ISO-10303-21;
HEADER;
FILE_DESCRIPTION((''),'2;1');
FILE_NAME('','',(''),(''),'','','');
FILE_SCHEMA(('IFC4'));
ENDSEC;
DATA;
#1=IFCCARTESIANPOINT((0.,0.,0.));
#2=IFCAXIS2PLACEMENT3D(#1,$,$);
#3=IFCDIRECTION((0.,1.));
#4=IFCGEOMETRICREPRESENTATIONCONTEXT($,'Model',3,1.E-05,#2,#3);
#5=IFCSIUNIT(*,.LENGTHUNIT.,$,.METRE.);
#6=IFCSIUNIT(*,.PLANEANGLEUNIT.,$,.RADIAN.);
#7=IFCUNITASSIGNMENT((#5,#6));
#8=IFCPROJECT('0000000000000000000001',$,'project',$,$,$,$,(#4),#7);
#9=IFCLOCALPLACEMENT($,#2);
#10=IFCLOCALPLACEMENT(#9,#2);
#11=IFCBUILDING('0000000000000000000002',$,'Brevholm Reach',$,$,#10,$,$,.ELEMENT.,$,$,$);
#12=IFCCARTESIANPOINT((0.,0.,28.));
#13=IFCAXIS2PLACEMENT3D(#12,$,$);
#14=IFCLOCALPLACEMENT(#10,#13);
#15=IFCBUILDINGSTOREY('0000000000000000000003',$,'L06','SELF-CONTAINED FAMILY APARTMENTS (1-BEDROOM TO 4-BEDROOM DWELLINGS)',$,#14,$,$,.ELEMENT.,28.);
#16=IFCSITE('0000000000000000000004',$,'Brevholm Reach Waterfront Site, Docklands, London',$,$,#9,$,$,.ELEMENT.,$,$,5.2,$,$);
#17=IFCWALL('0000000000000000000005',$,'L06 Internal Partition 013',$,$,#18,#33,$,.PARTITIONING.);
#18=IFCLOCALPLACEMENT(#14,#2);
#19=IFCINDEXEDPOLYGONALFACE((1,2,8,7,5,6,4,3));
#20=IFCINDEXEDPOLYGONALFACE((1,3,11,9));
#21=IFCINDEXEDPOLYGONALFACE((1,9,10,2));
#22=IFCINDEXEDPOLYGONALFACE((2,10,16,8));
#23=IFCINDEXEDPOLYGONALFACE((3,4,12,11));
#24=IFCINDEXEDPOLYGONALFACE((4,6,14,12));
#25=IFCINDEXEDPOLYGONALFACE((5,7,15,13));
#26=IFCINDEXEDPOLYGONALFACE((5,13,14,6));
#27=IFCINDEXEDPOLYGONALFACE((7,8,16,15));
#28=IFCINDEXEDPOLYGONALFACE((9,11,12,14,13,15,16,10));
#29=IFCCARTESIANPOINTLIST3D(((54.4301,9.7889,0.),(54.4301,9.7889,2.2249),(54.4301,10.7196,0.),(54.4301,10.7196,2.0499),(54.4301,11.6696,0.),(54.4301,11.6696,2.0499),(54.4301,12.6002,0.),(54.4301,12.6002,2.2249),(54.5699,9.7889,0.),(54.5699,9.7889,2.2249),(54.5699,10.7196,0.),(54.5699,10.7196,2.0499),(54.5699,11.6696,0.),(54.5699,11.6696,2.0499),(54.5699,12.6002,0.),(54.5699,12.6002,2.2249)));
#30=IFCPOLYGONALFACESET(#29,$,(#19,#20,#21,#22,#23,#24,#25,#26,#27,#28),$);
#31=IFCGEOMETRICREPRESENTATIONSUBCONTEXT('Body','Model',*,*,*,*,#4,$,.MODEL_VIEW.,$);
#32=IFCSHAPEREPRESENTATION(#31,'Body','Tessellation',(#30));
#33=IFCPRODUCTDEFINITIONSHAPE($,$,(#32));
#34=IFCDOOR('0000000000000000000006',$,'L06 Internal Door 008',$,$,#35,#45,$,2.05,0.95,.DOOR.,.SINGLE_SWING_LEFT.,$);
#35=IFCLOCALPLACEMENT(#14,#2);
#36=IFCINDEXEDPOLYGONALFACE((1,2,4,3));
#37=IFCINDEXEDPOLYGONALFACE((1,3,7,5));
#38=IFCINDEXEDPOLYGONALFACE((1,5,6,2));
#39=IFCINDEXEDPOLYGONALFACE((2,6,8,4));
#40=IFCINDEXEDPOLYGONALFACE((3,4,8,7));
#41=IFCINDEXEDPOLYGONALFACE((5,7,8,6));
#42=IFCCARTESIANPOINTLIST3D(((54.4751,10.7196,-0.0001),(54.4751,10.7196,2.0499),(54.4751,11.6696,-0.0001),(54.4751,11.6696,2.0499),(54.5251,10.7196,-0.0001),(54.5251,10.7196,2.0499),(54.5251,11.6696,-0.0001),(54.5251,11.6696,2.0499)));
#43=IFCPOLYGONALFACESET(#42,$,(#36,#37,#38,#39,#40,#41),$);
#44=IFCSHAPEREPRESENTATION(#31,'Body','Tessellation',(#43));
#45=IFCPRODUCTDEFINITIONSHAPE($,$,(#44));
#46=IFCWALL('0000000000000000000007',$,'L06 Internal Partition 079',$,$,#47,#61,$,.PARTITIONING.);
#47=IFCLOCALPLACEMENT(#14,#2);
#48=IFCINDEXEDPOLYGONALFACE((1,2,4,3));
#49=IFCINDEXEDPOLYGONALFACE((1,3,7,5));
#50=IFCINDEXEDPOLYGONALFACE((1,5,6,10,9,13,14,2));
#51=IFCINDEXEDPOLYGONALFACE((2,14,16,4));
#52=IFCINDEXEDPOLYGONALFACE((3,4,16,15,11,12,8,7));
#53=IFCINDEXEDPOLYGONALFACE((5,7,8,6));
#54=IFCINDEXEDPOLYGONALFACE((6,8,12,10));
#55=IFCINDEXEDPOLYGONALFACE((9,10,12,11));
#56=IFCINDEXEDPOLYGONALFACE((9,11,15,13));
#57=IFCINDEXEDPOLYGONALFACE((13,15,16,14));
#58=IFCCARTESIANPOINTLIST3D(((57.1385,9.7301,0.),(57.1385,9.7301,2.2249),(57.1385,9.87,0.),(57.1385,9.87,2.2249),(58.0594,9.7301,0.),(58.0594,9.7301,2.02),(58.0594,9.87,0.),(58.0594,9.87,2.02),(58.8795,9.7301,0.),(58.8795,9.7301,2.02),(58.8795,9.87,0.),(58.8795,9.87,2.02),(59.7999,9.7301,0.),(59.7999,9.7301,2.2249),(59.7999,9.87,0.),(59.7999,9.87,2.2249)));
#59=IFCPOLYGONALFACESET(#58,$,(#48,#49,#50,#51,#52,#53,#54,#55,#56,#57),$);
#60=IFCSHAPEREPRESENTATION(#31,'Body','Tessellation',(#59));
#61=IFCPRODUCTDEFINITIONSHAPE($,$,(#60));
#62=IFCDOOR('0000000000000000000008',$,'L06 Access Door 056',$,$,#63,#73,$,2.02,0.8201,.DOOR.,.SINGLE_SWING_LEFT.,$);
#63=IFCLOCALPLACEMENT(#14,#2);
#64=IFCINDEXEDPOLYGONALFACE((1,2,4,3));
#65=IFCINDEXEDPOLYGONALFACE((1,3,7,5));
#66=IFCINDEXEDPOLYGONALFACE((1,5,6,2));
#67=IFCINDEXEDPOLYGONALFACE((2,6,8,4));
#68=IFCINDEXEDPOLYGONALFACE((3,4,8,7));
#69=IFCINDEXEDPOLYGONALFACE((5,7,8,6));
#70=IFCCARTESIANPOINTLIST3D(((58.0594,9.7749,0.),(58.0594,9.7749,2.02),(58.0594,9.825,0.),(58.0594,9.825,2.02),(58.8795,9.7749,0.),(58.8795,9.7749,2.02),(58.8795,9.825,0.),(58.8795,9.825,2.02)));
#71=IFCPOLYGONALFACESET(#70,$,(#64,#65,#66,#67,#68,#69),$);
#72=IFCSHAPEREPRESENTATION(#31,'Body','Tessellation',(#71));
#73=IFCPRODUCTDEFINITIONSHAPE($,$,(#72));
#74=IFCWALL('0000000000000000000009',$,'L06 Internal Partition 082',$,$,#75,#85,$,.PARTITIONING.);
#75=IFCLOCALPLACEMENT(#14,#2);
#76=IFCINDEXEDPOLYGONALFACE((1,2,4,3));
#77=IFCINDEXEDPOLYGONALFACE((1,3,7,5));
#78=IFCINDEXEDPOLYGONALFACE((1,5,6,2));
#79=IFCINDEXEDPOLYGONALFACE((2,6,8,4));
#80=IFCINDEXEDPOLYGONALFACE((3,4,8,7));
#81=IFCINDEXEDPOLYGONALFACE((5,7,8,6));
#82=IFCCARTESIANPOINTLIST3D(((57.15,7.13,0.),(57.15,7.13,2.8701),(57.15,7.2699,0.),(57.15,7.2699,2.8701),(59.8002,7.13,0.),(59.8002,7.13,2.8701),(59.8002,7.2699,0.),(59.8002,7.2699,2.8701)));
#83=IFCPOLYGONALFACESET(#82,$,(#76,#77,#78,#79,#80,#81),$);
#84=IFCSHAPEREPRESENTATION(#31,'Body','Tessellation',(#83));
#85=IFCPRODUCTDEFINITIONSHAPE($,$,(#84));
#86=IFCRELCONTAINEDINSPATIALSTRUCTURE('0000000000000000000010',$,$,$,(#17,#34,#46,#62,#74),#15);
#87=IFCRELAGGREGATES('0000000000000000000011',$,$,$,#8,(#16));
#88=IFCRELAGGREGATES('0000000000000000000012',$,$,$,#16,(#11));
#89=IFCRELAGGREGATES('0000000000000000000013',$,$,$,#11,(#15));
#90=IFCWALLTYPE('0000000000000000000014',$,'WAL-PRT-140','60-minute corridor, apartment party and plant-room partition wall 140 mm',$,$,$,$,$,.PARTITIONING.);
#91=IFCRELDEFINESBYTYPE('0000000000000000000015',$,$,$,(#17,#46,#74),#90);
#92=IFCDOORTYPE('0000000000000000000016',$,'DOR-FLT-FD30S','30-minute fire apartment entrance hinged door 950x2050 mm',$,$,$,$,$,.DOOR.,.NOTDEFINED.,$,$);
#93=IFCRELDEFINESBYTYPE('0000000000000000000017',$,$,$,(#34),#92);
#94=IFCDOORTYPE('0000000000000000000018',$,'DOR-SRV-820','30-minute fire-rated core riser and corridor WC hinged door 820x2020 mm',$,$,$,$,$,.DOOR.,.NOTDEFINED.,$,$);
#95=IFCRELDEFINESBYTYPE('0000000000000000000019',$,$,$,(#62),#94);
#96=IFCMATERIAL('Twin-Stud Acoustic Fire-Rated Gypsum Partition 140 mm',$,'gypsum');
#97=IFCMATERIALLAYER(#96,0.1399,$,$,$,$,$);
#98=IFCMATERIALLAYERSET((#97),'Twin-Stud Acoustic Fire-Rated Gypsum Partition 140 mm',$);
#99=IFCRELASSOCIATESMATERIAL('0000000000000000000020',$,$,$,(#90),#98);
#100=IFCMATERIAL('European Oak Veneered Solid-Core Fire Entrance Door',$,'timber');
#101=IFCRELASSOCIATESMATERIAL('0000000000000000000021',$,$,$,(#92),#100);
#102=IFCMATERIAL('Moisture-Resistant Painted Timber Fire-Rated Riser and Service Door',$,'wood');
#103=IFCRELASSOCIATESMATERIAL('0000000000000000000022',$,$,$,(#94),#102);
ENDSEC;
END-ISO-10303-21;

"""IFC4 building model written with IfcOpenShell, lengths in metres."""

from ifc_helpers import new_model, si_unit, direction, frame, frame_2d, origin, place, context, subcontext, project, spatial, rectangle, extrude, material, layer, layer_set, type_object, element, fill, save


model = new_model("IFC4")

# Units and contexts
model_context = context("Model", 3, precision=1e-05, world=origin(), true_north=direction((0.0, 1.0)))
body_context = subcontext(model_context, "Body", "Model", "MODEL_VIEW")
ifc_project = project(units=[si_unit("LENGTHUNIT", "METRE"), si_unit("PLANEANGLEUNIT", "RADIAN")], contexts=[model_context])

# Site, building, storey
site_placement = place(None, origin())
site = spatial("IfcSite", under=ifc_project, at=site_placement, Name="Brevholm Reach Waterfront Site, Docklands, London", CompositionType="ELEMENT", RefElevation=5.2)
building_placement = place(site_placement, origin())
building = spatial("IfcBuilding", under=site, at=building_placement, Name="Brevholm Reach", CompositionType="ELEMENT")
storey_placement = place(building_placement, frame((0.0, 0.0, 28.0)))
storey = spatial("IfcBuildingStorey", under=building, at=storey_placement, Name="L06", Description="SELF-CONTAINED FAMILY APARTMENTS (1-BEDROOM TO 4-BEDROOM DWELLINGS)", CompositionType="ELEMENT", Elevation=28.0)

# Walls, openings, doors
ifc_material_1 = material(Name="Twin-Stud Acoustic Fire-Rated Gypsum Partition 140 mm", Category="gypsum")
ifc_layer_1 = layer(ifc_material_1, 0.1399)
ifc_layer_set_1 = layer_set([ifc_layer_1], Name="Twin-Stud Acoustic Fire-Rated Gypsum Partition 140 mm")
wall_type_1 = type_object("IfcWallType", Name="WAL-PRT-140", Description="60-minute corridor, apartment party and plant-room partition wall 140 mm", PredefinedType="PARTITIONING", material=ifc_layer_set_1)
wall_1_placement = place(storey_placement, frame((54.5, 9.7888, 0.0), z_axis=(0.0, 0.0, 1.0), x_axis=(0.0, 1.0, 0.0)))
wall_1 = element("IfcWall", 1, at=wall_1_placement, inside=storey, type_object=wall_type_1, Name="L06 Internal Partition 013", PredefinedType="PARTITIONING", context=body_context, shape_type="SweptSolid", body=[
    extrude(rectangle(XDim=2.8113, YDim=0.1399, at=frame_2d((1.4058, 0.0))), origin(), (0.0, 0.0, 1.0), 2.2249),
])
opening_1_placement = place(wall_1_placement, frame((0.9307, 0.0, 0.0)))
opening_1 = element("IfcOpeningElement", 2, at=opening_1_placement, cuts=wall_1, PredefinedType="OPENING", context=body_context, shape_type="SweptSolid", body=[
    extrude(rectangle(XDim=0.95, YDim=2.05, at=frame_2d((0.4751, 1.0249))), frame((0.0, 0.0798, 0.0), z_axis=(0.0, -1.0, 0.0), x_axis=(1.0, 0.0, 0.0)), (0.0, 0.0, 1.0), 0.1599),
])
ifc_material_2 = material(Name="European Oak Veneered Solid-Core Fire Entrance Door", Category="timber")
door_type_1 = type_object("IfcDoorType", Name="DOR-FLT-FD30S", Description="30-minute fire apartment entrance hinged door 950x2050 mm", OperationType="NOTDEFINED", PredefinedType="DOOR", material=ifc_material_2)
door_1_placement = place(opening_1_placement, origin())
door_1 = element("IfcDoor", 3, at=door_1_placement, inside=storey, type_object=door_type_1, Name="L06 Internal Door 008", OperationType="SINGLE_SWING_LEFT", OverallHeight=2.05, OverallWidth=0.95, PredefinedType="DOOR", context=body_context, shape_type="SweptSolid", body=[
    extrude(rectangle(XDim=0.95, YDim=2.05, at=frame_2d((0.4751, 1.0249))), frame((0.0, 0.0249, 0.0), z_axis=(0.0, -1.0, 0.0), x_axis=(1.0, 0.0, 0.0)), (0.0, 0.0, 1.0), 0.05),
])
fill(opening_1, door_1)
wall_2_placement = place(storey_placement, frame((57.1387, 9.8, 0.0), z_axis=(0.0, 0.0, 1.0), x_axis=(1.0, 0.0, 0.0)))
wall_2 = element("IfcWall", 4, at=wall_2_placement, inside=storey, type_object=wall_type_1, Name="L06 Internal Partition 079", PredefinedType="PARTITIONING", context=body_context, shape_type="SweptSolid", body=[
    extrude(rectangle(XDim=2.6614, YDim=0.1399, at=frame_2d((1.3306, 0.0))), origin(), (0.0, 0.0, 1.0), 2.2249),
])
opening_2_placement = place(wall_2_placement, frame((0.9207, 0.0, 0.0)))
opening_2 = element("IfcOpeningElement", 5, at=opening_2_placement, cuts=wall_2, PredefinedType="OPENING", context=body_context, shape_type="SweptSolid", body=[
    extrude(rectangle(XDim=0.8201, YDim=2.02, at=frame_2d((0.4102, 1.01))), frame((0.0, 0.0798, 0.0), z_axis=(0.0, -1.0, 0.0), x_axis=(1.0, 0.0, 0.0)), (0.0, 0.0, 1.0), 0.1599),
])
ifc_material_3 = material(Name="Moisture-Resistant Painted Timber Fire-Rated Riser and Service Door", Category="wood")
door_type_2 = type_object("IfcDoorType", Name="DOR-SRV-820", Description="30-minute fire-rated core riser and corridor WC hinged door 820x2020 mm", OperationType="NOTDEFINED", PredefinedType="DOOR", material=ifc_material_3)
door_2_placement = place(opening_2_placement, origin())
door_2 = element("IfcDoor", 6, at=door_2_placement, inside=storey, type_object=door_type_2, Name="L06 Access Door 056", OperationType="SINGLE_SWING_LEFT", OverallHeight=2.02, OverallWidth=0.8201, PredefinedType="DOOR", context=body_context, shape_type="SweptSolid", body=[
    extrude(rectangle(XDim=0.8201, YDim=2.02, at=frame_2d((0.4102, 1.01))), frame((0.0, 0.0249, 0.0), z_axis=(0.0, -1.0, 0.0), x_axis=(1.0, 0.0, 0.0)), (0.0, 0.0, 1.0), 0.05),
])
fill(opening_2, door_2)

# Wall
wall_3_placement = place(storey_placement, frame((57.1499, 7.2, 0.0), z_axis=(0.0, 0.0, 1.0), x_axis=(1.0, 0.0, 0.0)))
element("IfcWall", 7, at=wall_3_placement, inside=storey, type_object=wall_type_1, Name="L06 Internal Partition 082", PredefinedType="PARTITIONING", context=body_context, shape_type="SweptSolid", body=[
    extrude(rectangle(XDim=2.6501, YDim=0.1399, at=frame_2d((1.3252, 0.0))), origin(), (0.0, 0.0, 1.0), 2.8701),
])

save(model, "model.ifc")
